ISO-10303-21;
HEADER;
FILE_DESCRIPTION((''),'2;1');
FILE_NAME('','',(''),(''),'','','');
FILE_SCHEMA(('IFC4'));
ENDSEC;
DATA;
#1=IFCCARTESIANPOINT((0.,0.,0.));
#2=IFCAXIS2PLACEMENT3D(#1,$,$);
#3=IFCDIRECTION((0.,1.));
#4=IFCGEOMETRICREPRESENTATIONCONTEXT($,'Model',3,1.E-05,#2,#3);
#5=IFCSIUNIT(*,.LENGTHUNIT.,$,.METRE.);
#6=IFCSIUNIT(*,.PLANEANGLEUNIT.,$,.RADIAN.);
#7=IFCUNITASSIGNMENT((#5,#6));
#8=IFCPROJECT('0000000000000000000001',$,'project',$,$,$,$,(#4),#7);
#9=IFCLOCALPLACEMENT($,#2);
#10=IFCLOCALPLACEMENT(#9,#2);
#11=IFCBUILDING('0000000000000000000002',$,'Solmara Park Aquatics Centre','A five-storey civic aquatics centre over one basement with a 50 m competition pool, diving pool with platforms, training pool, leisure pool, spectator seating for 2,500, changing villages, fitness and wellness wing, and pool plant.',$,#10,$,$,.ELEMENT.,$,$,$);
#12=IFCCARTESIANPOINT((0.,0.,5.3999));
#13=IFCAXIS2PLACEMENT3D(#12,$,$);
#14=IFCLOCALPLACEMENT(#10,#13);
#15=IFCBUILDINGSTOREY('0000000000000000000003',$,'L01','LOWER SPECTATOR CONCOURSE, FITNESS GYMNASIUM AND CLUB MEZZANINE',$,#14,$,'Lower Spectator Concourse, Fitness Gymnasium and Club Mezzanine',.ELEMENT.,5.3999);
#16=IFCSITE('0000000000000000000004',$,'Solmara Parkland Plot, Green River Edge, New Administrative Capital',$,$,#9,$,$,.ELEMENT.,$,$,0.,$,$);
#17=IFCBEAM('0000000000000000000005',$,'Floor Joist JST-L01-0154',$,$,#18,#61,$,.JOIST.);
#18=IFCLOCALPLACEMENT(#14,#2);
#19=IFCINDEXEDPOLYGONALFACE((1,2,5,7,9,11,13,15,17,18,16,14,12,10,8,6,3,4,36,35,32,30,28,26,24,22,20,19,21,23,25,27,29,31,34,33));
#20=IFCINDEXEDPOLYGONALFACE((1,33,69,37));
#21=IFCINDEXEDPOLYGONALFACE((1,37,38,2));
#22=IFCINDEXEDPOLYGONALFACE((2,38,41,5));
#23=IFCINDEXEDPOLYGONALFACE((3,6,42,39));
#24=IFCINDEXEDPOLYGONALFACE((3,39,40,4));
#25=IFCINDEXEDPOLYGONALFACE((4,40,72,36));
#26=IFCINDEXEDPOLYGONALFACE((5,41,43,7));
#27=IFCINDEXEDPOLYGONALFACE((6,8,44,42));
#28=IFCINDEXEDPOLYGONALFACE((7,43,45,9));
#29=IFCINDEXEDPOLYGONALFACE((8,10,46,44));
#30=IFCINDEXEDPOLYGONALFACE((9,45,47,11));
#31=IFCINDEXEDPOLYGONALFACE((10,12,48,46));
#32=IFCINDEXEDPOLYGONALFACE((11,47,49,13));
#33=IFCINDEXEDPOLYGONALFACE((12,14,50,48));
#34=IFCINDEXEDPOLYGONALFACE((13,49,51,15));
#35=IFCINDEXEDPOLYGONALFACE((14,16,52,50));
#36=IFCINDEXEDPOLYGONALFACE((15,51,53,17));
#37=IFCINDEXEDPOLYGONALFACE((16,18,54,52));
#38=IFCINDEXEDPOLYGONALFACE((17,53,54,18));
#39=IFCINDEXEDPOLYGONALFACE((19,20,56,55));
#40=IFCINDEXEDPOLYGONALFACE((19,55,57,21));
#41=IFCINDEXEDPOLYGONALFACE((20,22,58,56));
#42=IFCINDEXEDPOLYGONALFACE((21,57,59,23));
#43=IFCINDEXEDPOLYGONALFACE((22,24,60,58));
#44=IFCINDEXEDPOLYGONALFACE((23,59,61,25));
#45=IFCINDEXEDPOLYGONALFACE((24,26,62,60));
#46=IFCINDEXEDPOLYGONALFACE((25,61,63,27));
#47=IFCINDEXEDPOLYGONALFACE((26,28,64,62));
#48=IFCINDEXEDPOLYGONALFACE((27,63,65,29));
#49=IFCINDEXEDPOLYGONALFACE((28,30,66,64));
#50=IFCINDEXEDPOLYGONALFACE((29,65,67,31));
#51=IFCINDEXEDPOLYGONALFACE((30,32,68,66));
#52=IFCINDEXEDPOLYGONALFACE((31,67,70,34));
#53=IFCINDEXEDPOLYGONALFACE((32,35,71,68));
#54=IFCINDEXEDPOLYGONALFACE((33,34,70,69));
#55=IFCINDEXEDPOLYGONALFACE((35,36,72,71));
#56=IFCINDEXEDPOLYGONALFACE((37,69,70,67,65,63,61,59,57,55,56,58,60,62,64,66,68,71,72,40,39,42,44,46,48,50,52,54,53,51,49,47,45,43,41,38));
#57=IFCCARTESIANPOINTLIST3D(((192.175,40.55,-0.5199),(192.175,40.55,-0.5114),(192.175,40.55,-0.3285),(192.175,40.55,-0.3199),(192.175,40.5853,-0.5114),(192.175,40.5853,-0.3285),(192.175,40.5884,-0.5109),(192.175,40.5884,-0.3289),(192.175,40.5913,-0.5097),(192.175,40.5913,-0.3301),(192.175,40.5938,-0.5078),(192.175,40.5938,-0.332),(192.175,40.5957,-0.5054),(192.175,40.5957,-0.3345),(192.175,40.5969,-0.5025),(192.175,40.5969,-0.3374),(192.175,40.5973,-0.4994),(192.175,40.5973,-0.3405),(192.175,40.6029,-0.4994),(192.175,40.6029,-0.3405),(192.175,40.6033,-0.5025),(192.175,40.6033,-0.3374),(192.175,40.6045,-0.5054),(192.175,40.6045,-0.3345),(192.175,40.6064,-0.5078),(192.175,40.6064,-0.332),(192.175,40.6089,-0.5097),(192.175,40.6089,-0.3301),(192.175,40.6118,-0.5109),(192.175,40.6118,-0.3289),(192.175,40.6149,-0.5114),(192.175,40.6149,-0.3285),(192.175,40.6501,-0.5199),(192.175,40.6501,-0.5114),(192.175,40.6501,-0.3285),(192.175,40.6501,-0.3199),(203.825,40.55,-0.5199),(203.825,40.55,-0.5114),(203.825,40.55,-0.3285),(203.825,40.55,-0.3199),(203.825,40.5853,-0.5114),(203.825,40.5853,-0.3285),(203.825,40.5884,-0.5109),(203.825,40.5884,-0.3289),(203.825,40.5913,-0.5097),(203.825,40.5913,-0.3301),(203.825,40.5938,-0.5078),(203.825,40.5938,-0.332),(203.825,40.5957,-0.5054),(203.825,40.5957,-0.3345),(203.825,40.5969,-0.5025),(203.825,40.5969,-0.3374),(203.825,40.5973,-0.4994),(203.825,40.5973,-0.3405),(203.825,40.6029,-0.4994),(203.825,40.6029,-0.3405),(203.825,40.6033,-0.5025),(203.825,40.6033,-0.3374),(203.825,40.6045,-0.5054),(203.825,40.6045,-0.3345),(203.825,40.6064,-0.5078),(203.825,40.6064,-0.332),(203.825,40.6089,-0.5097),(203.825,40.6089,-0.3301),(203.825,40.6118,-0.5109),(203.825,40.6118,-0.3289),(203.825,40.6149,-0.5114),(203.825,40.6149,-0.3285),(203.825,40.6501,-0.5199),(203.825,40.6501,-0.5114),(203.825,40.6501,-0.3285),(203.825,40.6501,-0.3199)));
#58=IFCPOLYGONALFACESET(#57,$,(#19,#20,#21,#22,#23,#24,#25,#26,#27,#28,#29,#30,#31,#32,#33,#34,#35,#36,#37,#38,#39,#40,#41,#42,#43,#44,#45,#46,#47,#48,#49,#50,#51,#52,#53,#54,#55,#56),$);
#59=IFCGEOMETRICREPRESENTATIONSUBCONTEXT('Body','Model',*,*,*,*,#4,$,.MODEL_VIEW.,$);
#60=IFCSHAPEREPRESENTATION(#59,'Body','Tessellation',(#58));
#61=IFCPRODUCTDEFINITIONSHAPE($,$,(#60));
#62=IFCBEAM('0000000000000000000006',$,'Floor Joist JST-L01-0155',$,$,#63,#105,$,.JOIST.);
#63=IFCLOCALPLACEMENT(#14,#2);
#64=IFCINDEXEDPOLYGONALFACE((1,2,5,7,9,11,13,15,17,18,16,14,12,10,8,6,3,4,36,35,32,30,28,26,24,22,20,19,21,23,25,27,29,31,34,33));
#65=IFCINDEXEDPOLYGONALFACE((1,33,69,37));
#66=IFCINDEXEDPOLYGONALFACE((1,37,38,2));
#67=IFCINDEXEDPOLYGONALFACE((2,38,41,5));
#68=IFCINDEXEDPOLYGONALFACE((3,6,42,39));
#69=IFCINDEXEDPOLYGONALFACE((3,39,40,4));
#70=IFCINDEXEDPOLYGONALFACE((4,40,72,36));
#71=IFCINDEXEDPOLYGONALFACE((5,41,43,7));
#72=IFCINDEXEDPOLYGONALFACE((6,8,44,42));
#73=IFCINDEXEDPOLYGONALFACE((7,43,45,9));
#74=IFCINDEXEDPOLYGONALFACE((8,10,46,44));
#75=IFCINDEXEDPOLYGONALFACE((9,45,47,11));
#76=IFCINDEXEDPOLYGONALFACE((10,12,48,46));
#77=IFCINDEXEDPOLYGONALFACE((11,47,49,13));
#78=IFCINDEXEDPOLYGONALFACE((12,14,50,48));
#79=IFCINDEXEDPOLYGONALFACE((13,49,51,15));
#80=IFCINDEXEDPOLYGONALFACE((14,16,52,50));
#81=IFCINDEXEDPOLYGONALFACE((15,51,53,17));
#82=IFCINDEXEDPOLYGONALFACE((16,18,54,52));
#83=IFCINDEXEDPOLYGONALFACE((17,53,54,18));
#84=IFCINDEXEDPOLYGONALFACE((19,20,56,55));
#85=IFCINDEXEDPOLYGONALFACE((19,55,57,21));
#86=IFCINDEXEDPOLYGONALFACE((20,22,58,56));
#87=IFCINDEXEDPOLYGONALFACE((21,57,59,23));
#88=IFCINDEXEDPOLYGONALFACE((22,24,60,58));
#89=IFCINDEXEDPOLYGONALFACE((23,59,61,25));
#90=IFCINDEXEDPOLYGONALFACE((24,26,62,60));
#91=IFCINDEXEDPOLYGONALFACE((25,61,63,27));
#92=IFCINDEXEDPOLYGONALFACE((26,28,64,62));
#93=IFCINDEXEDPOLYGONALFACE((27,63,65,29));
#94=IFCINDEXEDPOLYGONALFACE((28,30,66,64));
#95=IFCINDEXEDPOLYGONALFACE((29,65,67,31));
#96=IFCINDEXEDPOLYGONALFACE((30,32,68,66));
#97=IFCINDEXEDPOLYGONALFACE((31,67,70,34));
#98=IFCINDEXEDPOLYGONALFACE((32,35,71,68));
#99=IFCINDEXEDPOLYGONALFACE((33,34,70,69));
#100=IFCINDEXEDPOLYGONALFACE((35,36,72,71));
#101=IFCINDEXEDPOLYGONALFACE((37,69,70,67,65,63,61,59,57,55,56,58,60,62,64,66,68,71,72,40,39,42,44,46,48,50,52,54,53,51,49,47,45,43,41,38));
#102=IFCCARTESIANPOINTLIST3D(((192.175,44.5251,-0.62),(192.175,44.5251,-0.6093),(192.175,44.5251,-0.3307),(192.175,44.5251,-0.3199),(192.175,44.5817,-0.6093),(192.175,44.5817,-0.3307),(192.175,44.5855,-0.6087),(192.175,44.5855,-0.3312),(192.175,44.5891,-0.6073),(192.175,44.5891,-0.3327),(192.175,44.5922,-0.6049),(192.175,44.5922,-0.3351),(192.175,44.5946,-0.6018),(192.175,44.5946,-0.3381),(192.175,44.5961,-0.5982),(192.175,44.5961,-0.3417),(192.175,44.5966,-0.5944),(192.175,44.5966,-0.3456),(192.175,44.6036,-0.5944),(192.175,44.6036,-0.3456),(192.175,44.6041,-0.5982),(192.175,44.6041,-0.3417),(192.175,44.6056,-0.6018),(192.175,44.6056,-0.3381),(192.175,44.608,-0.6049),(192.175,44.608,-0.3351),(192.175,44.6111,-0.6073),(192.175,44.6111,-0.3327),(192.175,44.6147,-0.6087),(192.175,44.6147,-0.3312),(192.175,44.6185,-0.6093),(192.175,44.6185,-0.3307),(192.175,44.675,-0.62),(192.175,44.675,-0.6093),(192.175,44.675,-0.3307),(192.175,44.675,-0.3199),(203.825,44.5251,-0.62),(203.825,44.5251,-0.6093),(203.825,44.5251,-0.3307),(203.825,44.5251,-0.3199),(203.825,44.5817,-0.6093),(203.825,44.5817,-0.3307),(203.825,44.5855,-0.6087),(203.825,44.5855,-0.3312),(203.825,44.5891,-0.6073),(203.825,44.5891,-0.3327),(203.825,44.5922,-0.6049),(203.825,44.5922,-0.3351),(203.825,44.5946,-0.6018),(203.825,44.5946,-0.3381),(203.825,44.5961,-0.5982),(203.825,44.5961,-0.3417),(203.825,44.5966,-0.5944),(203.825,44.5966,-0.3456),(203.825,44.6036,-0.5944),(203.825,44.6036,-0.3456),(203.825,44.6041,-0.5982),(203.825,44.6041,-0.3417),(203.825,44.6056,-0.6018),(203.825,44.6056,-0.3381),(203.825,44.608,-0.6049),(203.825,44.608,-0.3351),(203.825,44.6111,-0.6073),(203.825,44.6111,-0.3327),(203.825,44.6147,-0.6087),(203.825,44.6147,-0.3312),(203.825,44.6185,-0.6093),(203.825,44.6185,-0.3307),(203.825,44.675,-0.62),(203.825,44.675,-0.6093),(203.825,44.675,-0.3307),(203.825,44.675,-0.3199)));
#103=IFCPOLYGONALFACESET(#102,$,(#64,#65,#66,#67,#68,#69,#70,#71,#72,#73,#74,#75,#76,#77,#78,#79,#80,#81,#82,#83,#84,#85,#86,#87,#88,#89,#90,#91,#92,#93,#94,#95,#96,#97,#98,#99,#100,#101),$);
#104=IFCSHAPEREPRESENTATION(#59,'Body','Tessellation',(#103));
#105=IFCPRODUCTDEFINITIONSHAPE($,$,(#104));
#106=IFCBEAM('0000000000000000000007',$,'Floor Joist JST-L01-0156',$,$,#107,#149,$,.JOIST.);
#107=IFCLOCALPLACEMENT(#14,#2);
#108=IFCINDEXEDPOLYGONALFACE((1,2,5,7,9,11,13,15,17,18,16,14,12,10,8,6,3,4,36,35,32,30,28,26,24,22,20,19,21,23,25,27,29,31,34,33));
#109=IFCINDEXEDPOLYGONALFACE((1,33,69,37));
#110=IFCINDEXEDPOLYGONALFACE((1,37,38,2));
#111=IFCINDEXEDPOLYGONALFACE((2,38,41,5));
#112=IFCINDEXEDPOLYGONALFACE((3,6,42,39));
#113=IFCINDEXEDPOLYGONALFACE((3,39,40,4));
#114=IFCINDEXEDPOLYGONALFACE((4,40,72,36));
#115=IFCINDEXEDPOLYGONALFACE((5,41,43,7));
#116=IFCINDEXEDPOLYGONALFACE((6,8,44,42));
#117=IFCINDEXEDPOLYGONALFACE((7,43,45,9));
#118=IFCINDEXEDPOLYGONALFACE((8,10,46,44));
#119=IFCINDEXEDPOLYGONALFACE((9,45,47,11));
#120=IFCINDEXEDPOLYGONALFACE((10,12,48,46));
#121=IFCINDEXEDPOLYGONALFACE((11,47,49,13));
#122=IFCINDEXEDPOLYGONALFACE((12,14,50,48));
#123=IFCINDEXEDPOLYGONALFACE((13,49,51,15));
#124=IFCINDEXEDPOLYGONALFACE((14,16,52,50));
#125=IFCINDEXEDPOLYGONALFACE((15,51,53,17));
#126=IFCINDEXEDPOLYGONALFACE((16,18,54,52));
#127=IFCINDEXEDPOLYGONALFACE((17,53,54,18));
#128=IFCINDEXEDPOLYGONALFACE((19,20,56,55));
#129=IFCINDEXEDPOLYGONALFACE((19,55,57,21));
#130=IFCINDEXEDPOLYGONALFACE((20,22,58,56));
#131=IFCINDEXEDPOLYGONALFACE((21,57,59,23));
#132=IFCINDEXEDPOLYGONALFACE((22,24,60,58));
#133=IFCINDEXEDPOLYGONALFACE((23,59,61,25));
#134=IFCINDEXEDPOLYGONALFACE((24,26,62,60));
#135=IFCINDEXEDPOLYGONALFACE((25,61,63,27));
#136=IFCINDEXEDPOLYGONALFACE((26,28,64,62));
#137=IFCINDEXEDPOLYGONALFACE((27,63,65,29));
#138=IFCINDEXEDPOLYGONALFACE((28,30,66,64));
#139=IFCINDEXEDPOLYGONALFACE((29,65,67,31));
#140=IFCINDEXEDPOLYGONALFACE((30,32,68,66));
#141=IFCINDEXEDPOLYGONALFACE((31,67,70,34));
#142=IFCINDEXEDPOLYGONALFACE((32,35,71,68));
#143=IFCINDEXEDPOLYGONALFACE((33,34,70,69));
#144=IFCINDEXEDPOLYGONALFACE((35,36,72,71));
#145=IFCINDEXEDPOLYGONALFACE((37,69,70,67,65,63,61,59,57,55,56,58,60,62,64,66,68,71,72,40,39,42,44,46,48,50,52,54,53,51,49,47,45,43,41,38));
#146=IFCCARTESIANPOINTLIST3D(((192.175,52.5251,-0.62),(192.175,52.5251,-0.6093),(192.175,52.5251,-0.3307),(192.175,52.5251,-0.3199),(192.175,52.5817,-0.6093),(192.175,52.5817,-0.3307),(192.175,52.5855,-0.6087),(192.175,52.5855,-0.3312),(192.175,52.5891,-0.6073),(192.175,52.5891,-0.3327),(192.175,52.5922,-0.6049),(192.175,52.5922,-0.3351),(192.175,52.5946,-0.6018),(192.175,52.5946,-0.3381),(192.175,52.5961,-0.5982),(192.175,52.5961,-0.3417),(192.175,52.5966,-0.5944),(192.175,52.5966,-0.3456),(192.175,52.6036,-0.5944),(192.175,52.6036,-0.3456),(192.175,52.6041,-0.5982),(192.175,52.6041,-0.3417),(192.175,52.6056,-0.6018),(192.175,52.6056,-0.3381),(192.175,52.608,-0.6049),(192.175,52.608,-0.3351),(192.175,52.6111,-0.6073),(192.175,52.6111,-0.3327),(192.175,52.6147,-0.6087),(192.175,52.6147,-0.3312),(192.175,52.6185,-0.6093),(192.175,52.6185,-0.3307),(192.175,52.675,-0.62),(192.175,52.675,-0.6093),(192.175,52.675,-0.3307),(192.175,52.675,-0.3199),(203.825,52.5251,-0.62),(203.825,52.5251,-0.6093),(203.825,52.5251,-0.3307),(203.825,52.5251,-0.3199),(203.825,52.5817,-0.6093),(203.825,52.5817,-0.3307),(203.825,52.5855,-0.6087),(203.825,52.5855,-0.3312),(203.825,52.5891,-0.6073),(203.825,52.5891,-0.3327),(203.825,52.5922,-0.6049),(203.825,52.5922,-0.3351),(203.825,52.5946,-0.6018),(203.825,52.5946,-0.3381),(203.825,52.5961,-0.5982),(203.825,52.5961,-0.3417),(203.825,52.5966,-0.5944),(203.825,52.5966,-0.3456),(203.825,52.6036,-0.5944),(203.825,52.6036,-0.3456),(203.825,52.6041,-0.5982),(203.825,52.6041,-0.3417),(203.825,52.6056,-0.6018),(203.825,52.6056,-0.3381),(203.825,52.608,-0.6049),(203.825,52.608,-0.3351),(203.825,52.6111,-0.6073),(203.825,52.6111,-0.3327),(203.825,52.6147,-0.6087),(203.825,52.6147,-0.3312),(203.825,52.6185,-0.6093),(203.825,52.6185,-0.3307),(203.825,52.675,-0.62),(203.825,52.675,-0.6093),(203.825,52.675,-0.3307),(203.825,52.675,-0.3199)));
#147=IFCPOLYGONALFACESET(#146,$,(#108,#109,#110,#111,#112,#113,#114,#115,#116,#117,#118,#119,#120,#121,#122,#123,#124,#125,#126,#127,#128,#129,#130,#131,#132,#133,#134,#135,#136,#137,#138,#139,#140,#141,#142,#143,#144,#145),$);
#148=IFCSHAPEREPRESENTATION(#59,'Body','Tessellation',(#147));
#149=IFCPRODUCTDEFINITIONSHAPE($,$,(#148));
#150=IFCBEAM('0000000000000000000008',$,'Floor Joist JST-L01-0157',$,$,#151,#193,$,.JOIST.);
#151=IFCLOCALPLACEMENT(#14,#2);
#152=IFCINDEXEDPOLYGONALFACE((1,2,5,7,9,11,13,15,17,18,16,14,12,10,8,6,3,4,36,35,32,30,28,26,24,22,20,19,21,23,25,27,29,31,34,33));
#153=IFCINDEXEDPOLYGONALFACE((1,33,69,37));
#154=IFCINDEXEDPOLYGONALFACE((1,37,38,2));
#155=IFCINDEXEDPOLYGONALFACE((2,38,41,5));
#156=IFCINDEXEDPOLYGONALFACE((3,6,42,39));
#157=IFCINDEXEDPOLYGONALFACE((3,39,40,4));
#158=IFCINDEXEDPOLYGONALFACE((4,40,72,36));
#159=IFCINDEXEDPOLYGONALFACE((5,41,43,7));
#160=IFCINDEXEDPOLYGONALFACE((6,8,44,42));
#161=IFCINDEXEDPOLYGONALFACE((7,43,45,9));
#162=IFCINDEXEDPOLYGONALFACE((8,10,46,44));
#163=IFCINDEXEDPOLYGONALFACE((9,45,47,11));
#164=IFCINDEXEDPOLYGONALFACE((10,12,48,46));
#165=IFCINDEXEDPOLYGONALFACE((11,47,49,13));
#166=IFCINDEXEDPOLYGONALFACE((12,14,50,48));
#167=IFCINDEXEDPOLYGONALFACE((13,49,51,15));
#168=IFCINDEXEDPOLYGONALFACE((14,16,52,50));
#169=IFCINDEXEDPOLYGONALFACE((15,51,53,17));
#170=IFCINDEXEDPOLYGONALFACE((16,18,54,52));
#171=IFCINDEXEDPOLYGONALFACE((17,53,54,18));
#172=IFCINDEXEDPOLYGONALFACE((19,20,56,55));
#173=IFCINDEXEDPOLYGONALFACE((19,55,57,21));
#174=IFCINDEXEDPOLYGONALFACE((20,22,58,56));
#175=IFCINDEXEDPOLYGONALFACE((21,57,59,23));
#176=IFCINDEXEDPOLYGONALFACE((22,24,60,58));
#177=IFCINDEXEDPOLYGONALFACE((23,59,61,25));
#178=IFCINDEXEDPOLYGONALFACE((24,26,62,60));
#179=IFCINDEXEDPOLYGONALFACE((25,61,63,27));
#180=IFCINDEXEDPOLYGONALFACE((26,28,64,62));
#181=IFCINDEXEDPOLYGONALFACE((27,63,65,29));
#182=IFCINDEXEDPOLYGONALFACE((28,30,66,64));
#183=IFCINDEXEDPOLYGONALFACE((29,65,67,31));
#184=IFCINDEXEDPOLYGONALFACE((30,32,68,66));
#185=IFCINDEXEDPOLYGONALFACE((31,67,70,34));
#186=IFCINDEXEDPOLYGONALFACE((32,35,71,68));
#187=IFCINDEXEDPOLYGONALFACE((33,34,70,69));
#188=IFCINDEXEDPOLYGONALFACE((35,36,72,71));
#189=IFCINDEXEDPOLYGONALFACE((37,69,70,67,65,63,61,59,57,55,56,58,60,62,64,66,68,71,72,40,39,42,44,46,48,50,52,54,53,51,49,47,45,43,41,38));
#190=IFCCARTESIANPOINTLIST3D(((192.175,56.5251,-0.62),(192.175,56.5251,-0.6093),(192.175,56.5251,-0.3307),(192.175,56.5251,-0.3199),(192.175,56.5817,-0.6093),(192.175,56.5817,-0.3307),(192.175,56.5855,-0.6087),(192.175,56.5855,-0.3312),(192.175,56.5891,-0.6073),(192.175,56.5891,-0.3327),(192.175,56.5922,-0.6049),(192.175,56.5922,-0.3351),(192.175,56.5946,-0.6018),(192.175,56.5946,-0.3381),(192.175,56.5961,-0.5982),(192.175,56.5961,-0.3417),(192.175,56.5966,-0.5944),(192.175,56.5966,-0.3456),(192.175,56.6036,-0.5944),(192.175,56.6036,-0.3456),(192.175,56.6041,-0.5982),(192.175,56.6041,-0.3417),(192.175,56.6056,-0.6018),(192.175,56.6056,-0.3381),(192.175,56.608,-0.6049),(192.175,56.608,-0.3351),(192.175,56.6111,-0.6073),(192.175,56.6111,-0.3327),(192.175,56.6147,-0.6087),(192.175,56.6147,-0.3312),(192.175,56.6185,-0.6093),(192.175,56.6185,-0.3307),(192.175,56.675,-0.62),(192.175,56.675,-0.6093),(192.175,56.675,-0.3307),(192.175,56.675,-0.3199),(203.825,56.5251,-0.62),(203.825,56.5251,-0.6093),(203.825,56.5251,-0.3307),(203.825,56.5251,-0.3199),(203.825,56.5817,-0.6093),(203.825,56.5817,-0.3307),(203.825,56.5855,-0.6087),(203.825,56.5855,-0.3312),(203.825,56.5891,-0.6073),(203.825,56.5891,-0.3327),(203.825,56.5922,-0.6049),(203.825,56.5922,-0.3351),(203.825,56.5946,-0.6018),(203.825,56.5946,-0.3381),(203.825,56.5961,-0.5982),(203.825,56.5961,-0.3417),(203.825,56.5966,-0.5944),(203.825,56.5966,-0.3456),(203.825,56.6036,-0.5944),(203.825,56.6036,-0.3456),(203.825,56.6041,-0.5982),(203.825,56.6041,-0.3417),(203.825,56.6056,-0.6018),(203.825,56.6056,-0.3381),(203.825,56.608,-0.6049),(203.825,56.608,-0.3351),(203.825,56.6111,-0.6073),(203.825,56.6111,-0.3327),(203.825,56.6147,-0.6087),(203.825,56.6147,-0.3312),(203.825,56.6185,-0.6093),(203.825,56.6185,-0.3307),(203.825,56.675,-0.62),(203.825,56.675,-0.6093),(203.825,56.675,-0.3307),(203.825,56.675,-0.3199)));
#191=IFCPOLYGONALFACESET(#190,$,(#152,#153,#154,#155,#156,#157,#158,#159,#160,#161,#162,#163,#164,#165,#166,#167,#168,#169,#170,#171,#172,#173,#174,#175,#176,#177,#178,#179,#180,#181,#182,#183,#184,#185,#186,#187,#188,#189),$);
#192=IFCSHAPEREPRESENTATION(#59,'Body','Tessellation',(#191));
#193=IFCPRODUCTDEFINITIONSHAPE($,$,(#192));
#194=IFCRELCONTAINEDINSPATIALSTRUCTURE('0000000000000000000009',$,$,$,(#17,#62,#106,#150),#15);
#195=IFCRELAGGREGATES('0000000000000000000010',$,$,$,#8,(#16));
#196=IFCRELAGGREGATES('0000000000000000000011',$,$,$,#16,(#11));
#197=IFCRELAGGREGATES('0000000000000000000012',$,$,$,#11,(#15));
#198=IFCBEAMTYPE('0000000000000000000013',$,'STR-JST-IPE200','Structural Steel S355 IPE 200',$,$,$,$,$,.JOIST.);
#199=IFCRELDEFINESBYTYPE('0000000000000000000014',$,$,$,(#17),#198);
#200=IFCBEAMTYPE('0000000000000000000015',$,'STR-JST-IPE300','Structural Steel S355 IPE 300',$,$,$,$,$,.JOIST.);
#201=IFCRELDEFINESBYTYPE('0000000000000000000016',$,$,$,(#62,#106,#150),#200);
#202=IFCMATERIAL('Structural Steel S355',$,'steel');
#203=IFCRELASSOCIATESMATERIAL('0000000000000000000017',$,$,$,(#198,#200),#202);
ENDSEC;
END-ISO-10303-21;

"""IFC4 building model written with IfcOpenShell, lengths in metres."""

from ifc_helpers import new_model, si_unit, direction, frame, origin, origin_2d, place, context, subcontext, project, spatial, i_section, extrude, material, material_profile, profile_set, type_object, element, save


model = new_model("IFC4")

# Units and contexts
model_context = context("Model", 3, precision=1e-05, world=origin(), true_north=direction((0.0, 1.0)))
body_context = subcontext(model_context, "Body", "Model", "MODEL_VIEW")
ifc_project = project(units=[si_unit("LENGTHUNIT", "METRE"), si_unit("PLANEANGLEUNIT", "RADIAN")], contexts=[model_context])

# Site, building, storey
site_placement = place(None, origin())
site = spatial("IfcSite", under=ifc_project, at=site_placement, Name="Solmara Parkland Plot, Green River Edge, New Administrative Capital", CompositionType="ELEMENT", RefElevation=0.0)
building_placement = place(site_placement, origin())
building = spatial("IfcBuilding", under=site, at=building_placement, Name="Solmara Park Aquatics Centre", Description="A five-storey civic aquatics centre over one basement with a 50 m competition pool, diving pool with platforms, training pool, leisure pool, spectator seating for 2,500, changing villages, fitness and wellness wing, and pool plant.", CompositionType="ELEMENT")
storey_placement = place(building_placement, frame((0.0, 0.0, 5.3999)))
storey = spatial("IfcBuildingStorey", under=building, at=storey_placement, Name="L01", Description="LOWER SPECTATOR CONCOURSE, FITNESS GYMNASIUM AND CLUB MEZZANINE", LongName="Lower Spectator Concourse, Fitness Gymnasium and Club Mezzanine", CompositionType="ELEMENT", Elevation=5.3999)

# Beams
ifc_material_1 = material(Name="Structural Steel S355", Category="steel")
ifc_material_profile_1 = material_profile(ifc_material_1, i_section(OverallWidth=0.1001, OverallDepth=0.2, WebThickness=0.0056, FlangeThickness=0.0085, FilletRadius=0.012, at=origin_2d()), Name="IPE 200")
ifc_profile_set_1 = profile_set([ifc_material_profile_1], Name="Structural Steel S355")
beam_type_1 = type_object("IfcBeamType", Name="STR-JST-IPE200", Description="Structural Steel S355 IPE 200", PredefinedType="JOIST", material=ifc_profile_set_1)
beam_1_placement = place(storey_placement, frame((192.175, 40.6001, -0.4199), z_axis=(1.0, 0.0, 0.0), x_axis=(0.0, 1.0, 0.0)))
element("IfcBeam", 1, at=beam_1_placement, inside=storey, type_object=beam_type_1, Name="Floor Joist JST-L01-0154", PredefinedType="JOIST", context=body_context, shape_type="SweptSolid", body=[
    extrude(i_section(OverallWidth=0.1001, OverallDepth=0.2, WebThickness=0.0056, FlangeThickness=0.0085, FilletRadius=0.012, at=origin_2d()), origin(), (0.0, 0.0, 1.0), 11.6499),
])
ifc_material_profile_2 = material_profile(ifc_material_1, i_section(OverallWidth=0.1499, OverallDepth=0.3, WebThickness=0.0071, FlangeThickness=0.0107, FilletRadius=0.0149, at=origin_2d()), Name="IPE 300")
ifc_profile_set_2 = profile_set([ifc_material_profile_2], Name="Structural Steel S355")
beam_type_2 = type_object("IfcBeamType", Name="STR-JST-IPE300", Description="Structural Steel S355 IPE 300", PredefinedType="JOIST", material=ifc_profile_set_2)
for number, where, z_axis, x_axis, name in (
    (2, (192.175, 44.6001, -0.47), (1.0, 0.0, 0.0), (0.0, 1.0, 0.0), "Floor Joist JST-L01-0155"),
    (3, (192.175, 52.6001, -0.47), (1.0, 0.0, 0.0), (0.0, 1.0, 0.0), "Floor Joist JST-L01-0156"),
    (4, (192.175, 56.6001, -0.47), (1.0, 0.0, 0.0), (0.0, 1.0, 0.0), "Floor Joist JST-L01-0157"),
):
    element("IfcBeam", number, at=place(storey_placement, frame(where, z_axis=z_axis, x_axis=x_axis)), inside=storey, type_object=beam_type_2, Name=name, PredefinedType="JOIST", context=body_context, shape_type="SweptSolid", body=[
        extrude(i_section(OverallWidth=0.1499, OverallDepth=0.3, WebThickness=0.0071, FlangeThickness=0.0107, FilletRadius=0.0149, at=origin_2d()), origin(), (0.0, 0.0, 1.0), 11.6499),
    ])

save(model, "model.ifc")
